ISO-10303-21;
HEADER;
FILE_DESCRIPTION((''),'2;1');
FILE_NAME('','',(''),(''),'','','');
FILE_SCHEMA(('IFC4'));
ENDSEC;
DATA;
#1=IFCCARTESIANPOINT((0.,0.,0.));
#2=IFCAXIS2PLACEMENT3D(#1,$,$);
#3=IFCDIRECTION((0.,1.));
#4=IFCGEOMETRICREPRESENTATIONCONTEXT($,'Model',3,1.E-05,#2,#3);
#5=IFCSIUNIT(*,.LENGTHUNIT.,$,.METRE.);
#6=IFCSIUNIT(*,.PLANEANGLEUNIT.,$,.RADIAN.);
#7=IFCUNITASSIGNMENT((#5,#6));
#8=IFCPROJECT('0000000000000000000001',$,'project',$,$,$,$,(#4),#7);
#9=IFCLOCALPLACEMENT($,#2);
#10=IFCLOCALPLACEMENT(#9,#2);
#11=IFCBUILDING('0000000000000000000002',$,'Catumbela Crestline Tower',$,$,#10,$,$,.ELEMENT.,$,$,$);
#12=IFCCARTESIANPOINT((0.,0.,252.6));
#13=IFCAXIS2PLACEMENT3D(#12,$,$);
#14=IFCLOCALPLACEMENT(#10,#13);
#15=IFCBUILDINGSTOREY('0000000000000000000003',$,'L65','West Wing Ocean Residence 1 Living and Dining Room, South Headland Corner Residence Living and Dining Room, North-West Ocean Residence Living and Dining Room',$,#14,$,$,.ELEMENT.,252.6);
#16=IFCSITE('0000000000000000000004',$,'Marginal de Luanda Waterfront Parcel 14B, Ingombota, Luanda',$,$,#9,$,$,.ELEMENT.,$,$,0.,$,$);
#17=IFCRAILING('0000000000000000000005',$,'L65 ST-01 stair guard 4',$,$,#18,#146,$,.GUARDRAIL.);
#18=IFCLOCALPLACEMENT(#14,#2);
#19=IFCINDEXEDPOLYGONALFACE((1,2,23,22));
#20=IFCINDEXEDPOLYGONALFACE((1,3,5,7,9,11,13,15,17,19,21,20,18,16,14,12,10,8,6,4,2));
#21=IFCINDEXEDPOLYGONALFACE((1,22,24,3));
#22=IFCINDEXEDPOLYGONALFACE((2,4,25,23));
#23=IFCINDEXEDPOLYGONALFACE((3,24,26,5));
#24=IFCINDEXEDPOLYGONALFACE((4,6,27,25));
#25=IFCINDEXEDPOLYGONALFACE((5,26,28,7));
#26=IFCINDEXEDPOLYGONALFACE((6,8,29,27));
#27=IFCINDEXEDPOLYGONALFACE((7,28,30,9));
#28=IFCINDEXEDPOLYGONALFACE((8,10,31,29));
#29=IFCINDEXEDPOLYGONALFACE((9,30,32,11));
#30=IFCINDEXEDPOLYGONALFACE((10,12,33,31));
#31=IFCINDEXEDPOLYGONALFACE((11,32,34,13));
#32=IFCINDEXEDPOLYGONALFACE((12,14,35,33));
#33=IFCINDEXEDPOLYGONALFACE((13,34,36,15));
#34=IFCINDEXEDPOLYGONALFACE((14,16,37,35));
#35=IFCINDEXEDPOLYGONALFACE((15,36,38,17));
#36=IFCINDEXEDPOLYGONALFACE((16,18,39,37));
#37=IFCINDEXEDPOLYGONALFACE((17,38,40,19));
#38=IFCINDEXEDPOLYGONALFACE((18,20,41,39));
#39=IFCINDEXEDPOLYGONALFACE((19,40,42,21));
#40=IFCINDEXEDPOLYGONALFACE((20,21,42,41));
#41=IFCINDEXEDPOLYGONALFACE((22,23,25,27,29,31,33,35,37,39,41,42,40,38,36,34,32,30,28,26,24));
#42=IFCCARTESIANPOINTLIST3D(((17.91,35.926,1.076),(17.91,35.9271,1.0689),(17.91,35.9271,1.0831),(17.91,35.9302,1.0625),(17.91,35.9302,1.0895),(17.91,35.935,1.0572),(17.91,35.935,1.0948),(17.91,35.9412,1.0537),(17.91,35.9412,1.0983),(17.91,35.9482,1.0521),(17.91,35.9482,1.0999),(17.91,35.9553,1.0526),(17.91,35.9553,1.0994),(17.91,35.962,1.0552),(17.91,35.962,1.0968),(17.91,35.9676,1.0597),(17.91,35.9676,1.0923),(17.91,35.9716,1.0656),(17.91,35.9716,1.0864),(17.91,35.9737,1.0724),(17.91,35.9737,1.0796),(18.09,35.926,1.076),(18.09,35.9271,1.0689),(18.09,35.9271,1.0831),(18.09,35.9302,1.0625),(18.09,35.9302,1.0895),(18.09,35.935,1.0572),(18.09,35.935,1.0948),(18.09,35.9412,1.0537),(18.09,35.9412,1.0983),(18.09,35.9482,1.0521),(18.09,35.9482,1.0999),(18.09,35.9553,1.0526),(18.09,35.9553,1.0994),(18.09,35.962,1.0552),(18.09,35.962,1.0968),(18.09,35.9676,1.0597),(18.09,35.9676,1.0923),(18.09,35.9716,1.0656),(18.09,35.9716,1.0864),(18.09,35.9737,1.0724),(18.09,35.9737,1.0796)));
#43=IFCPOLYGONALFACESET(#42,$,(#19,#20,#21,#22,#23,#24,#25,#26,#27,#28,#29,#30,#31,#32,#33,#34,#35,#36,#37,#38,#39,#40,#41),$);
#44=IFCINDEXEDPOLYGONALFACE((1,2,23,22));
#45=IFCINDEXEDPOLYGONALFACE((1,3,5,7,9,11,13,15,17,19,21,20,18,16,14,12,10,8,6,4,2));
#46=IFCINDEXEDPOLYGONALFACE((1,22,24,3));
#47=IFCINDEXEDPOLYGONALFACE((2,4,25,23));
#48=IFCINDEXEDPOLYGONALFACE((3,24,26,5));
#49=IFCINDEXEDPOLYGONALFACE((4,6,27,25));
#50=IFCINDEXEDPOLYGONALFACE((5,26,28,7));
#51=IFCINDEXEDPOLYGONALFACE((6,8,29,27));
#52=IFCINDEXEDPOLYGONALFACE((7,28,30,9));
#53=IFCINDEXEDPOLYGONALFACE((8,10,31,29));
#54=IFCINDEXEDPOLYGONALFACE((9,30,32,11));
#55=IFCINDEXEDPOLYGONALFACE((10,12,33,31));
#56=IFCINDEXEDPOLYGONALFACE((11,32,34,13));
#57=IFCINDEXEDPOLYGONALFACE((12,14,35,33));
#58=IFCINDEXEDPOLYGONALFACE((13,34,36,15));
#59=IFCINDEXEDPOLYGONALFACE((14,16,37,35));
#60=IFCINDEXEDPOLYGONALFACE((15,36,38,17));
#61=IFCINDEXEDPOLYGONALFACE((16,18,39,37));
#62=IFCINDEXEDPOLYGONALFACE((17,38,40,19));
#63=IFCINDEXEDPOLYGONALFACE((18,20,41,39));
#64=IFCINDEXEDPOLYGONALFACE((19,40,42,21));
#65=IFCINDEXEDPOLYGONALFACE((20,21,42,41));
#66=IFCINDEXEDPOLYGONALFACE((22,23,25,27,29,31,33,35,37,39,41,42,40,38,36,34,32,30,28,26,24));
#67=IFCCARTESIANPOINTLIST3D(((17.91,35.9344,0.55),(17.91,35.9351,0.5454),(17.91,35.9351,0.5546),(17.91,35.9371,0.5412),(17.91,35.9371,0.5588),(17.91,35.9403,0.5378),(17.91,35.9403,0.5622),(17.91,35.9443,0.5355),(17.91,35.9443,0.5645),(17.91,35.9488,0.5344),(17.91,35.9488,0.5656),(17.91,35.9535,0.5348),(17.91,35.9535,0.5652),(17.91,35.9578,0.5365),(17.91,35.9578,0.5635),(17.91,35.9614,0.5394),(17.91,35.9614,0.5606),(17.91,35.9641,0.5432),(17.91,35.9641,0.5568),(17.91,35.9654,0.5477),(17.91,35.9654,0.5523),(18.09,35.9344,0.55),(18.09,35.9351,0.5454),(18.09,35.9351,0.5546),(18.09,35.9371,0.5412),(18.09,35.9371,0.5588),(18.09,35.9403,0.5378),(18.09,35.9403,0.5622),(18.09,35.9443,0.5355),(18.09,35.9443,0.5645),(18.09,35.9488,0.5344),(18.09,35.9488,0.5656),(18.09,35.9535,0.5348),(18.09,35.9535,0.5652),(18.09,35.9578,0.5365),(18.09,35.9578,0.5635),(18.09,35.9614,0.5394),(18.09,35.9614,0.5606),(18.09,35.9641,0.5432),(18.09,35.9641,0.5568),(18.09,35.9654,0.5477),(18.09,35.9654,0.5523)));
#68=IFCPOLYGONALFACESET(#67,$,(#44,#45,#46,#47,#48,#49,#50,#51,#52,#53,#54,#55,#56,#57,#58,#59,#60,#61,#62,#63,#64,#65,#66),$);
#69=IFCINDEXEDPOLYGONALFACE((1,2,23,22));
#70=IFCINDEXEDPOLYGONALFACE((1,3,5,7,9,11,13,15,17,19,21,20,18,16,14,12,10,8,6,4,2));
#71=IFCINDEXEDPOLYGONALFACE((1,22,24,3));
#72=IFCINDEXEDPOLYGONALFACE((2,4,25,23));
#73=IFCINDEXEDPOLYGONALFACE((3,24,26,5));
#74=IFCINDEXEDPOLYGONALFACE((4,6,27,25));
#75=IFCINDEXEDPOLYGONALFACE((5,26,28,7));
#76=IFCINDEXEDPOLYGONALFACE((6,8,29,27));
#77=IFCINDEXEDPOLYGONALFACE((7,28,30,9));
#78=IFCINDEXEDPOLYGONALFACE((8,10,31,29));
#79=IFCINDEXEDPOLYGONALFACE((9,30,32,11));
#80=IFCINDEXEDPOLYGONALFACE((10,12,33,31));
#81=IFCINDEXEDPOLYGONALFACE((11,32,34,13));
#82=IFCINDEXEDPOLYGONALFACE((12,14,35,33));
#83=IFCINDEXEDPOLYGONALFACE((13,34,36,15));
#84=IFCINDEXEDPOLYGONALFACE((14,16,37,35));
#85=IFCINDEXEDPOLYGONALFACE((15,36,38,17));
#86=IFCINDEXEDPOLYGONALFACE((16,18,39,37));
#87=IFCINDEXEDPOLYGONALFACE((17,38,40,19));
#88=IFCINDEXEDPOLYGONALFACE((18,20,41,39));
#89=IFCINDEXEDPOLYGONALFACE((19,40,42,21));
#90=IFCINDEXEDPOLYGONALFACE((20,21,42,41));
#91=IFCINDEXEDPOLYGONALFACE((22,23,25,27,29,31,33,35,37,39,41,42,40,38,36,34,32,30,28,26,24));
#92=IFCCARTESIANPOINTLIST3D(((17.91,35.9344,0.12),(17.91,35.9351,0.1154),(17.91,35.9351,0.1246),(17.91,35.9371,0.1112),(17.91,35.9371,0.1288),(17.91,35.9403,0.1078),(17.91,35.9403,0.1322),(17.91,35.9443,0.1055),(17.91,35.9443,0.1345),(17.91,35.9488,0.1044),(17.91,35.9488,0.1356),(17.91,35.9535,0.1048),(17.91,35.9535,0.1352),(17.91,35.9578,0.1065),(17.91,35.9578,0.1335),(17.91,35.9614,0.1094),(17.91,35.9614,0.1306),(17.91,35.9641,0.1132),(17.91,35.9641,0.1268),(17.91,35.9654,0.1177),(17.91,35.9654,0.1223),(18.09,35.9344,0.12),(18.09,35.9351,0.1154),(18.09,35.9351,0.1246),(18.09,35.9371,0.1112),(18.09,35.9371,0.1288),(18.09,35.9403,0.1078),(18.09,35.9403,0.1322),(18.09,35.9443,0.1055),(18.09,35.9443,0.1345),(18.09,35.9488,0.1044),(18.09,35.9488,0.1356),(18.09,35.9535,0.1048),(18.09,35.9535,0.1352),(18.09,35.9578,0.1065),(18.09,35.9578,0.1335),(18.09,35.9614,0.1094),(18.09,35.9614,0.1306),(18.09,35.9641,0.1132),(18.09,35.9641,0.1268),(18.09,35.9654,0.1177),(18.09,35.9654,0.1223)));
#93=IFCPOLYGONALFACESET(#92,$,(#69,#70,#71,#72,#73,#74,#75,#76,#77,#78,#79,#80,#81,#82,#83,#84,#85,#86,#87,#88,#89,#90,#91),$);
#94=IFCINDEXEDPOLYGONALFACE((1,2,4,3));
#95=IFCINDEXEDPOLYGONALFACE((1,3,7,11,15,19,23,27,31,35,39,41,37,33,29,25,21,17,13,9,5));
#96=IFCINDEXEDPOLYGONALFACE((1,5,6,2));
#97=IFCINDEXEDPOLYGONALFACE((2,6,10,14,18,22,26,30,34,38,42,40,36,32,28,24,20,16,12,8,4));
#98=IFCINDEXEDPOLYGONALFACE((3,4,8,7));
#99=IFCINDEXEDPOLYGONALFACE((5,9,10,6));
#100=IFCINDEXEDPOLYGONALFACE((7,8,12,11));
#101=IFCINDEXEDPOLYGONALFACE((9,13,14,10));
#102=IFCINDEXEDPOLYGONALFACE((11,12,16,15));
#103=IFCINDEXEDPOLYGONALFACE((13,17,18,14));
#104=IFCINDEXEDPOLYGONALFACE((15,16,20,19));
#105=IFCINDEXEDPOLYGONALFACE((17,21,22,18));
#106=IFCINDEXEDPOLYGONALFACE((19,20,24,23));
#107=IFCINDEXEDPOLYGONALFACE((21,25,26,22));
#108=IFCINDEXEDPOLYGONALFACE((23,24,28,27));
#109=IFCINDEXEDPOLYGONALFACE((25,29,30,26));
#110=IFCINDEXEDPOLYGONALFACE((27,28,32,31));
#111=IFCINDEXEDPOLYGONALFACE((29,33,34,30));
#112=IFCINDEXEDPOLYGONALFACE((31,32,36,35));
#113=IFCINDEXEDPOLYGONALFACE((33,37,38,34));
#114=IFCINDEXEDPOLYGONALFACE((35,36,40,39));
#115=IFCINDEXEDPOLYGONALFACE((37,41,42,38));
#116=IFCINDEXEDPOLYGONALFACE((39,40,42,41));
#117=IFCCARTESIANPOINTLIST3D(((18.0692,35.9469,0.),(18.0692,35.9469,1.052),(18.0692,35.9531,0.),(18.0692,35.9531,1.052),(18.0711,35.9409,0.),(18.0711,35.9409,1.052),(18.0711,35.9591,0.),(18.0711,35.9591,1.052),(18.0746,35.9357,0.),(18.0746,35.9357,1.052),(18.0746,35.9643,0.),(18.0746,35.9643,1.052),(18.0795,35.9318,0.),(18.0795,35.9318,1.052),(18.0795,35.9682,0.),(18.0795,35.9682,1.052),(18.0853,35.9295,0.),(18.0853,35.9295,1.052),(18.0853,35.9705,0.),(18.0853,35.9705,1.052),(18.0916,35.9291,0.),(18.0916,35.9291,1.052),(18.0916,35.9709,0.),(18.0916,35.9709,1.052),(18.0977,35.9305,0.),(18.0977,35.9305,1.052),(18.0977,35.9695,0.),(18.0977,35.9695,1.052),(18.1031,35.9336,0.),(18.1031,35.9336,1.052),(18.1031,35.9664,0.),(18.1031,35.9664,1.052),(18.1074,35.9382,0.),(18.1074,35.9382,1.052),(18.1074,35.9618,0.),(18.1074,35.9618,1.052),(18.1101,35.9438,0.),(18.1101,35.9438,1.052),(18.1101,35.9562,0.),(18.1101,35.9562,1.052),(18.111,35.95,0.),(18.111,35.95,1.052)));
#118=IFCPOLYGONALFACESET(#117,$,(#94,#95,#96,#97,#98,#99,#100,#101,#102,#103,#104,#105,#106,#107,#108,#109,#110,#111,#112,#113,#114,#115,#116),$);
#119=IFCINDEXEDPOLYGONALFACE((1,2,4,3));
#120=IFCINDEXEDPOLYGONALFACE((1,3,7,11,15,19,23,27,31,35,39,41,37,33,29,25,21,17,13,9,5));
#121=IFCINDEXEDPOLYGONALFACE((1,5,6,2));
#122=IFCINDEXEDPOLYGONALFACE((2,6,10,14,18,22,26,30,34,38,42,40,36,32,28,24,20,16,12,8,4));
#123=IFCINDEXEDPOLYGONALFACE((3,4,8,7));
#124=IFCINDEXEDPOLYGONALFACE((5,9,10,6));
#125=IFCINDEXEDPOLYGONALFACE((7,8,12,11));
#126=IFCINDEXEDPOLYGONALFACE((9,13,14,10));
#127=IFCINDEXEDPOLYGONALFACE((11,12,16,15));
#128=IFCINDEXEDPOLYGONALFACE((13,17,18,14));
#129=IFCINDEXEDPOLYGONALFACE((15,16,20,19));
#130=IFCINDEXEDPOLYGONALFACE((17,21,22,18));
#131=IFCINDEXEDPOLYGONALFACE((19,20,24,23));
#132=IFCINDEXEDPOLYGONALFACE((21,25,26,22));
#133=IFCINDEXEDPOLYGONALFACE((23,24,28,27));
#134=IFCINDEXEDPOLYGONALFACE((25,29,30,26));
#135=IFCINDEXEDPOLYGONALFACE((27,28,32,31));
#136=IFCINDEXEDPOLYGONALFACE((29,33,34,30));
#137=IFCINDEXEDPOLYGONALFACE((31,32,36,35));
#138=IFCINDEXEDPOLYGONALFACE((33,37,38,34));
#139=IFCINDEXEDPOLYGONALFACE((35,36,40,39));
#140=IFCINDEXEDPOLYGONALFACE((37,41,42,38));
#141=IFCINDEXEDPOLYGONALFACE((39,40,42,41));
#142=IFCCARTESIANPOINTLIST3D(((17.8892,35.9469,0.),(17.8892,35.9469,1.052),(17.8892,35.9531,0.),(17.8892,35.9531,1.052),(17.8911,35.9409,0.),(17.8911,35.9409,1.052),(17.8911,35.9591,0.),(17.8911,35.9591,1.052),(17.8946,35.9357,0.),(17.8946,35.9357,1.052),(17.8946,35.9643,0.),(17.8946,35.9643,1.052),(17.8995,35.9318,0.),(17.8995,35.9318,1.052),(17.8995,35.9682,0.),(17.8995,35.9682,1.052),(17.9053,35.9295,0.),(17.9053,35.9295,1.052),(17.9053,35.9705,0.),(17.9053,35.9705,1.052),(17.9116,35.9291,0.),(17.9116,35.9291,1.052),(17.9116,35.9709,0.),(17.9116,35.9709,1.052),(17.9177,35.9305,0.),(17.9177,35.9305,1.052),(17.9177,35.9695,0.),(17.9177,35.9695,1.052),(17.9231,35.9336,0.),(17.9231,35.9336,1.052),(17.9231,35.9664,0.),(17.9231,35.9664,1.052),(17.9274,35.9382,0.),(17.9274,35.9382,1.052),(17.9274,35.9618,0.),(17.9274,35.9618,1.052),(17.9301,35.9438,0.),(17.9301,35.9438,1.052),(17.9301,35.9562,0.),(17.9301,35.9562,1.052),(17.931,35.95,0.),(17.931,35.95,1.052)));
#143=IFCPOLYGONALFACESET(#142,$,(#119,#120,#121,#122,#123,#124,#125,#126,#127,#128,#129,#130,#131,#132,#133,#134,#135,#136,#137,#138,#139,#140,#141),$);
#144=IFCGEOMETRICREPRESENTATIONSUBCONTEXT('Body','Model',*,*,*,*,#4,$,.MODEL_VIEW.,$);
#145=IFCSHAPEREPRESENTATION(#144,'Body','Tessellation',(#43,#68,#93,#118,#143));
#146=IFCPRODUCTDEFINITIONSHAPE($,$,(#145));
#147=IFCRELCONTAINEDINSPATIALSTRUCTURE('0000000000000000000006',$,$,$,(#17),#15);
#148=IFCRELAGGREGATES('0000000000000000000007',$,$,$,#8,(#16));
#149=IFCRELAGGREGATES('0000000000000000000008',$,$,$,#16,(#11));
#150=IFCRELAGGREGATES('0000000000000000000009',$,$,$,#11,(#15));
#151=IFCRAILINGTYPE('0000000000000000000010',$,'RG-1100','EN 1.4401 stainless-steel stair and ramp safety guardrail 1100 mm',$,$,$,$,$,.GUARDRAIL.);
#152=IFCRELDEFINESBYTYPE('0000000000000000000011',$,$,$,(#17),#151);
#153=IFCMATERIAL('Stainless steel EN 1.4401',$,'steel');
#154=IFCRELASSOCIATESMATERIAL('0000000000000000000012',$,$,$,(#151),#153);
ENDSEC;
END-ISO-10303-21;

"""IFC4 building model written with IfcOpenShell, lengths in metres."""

from ifc_helpers import new_model, si_unit, direction, frame, origin, origin_2d, place, context, subcontext, project, spatial, circle, extrude, material, type_object, element, save


model = new_model("IFC4")

# Units and contexts
model_context = context("Model", 3, precision=1e-05, world=origin(), true_north=direction((0.0, 1.0)))
body_context = subcontext(model_context, "Body", "Model", "MODEL_VIEW")
ifc_project = project(units=[si_unit("LENGTHUNIT", "METRE"), si_unit("PLANEANGLEUNIT", "RADIAN")], contexts=[model_context])

# Site, building, storey
site_placement = place(None, origin())
site = spatial("IfcSite", under=ifc_project, at=site_placement, Name="Marginal de Luanda Waterfront Parcel 14B, Ingombota, Luanda", CompositionType="ELEMENT", RefElevation=0.0)
building_placement = place(site_placement, origin())
building = spatial("IfcBuilding", under=site, at=building_placement, Name="Catumbela Crestline Tower", CompositionType="ELEMENT")
storey_placement = place(building_placement, frame((0.0, 0.0, 252.6)))
storey = spatial("IfcBuildingStorey", under=building, at=storey_placement, Name="L65", Description="West Wing Ocean Residence 1 Living and Dining Room, South Headland Corner Residence Living and Dining Room, North-West Ocean Residence Living and Dining Room", CompositionType="ELEMENT", Elevation=252.6)

# Shared definitions
ifc_material_1 = material(Name="Stainless steel EN 1.4401", Category="steel")

# Railing
railing_type_1 = type_object("IfcRailingType", Name="RG-1100", Description="EN 1.4401 stainless-steel stair and ramp safety guardrail 1100 mm", PredefinedType="GUARDRAIL", material=ifc_material_1)
railing_1_placement = place(storey_placement, frame((18.09, 35.95, 0.0)))
element("IfcRailing", 1, at=railing_1_placement, inside=storey, type_object=railing_type_1, Name="L65 ST-01 stair guard 4", PredefinedType="GUARDRAIL", context=body_context, shape_type="SweptSolid", body=[
    extrude(circle(Radius=0.024, at=origin_2d()), frame((0.0, 0.0, 1.076), z_axis=(-1.0, 0.0, 0.0), x_axis=(0.0, -1.0, 0.0)), (0.0, 0.0, 1.0), 0.18),
    extrude(circle(Radius=0.0156, at=origin_2d()), frame((0.0, 0.0, 0.55), z_axis=(-1.0, 0.0, 0.0), x_axis=(0.0, -1.0, 0.0)), (0.0, 0.0, 1.0), 0.18),
    extrude(circle(Radius=0.0156, at=origin_2d()), frame((0.0, 0.0, 0.12), z_axis=(-1.0, 0.0, 0.0), x_axis=(0.0, -1.0, 0.0)), (0.0, 0.0, 1.0), 0.18),
    extrude(circle(Radius=0.021, at=origin_2d()), origin(), (0.0, 0.0, 1.0), 1.052),
    extrude(circle(Radius=0.021, at=origin_2d()), frame((-0.18, 0.0, 0.0)), (0.0, 0.0, 1.0), 1.052),
])

save(model, "model.ifc")
